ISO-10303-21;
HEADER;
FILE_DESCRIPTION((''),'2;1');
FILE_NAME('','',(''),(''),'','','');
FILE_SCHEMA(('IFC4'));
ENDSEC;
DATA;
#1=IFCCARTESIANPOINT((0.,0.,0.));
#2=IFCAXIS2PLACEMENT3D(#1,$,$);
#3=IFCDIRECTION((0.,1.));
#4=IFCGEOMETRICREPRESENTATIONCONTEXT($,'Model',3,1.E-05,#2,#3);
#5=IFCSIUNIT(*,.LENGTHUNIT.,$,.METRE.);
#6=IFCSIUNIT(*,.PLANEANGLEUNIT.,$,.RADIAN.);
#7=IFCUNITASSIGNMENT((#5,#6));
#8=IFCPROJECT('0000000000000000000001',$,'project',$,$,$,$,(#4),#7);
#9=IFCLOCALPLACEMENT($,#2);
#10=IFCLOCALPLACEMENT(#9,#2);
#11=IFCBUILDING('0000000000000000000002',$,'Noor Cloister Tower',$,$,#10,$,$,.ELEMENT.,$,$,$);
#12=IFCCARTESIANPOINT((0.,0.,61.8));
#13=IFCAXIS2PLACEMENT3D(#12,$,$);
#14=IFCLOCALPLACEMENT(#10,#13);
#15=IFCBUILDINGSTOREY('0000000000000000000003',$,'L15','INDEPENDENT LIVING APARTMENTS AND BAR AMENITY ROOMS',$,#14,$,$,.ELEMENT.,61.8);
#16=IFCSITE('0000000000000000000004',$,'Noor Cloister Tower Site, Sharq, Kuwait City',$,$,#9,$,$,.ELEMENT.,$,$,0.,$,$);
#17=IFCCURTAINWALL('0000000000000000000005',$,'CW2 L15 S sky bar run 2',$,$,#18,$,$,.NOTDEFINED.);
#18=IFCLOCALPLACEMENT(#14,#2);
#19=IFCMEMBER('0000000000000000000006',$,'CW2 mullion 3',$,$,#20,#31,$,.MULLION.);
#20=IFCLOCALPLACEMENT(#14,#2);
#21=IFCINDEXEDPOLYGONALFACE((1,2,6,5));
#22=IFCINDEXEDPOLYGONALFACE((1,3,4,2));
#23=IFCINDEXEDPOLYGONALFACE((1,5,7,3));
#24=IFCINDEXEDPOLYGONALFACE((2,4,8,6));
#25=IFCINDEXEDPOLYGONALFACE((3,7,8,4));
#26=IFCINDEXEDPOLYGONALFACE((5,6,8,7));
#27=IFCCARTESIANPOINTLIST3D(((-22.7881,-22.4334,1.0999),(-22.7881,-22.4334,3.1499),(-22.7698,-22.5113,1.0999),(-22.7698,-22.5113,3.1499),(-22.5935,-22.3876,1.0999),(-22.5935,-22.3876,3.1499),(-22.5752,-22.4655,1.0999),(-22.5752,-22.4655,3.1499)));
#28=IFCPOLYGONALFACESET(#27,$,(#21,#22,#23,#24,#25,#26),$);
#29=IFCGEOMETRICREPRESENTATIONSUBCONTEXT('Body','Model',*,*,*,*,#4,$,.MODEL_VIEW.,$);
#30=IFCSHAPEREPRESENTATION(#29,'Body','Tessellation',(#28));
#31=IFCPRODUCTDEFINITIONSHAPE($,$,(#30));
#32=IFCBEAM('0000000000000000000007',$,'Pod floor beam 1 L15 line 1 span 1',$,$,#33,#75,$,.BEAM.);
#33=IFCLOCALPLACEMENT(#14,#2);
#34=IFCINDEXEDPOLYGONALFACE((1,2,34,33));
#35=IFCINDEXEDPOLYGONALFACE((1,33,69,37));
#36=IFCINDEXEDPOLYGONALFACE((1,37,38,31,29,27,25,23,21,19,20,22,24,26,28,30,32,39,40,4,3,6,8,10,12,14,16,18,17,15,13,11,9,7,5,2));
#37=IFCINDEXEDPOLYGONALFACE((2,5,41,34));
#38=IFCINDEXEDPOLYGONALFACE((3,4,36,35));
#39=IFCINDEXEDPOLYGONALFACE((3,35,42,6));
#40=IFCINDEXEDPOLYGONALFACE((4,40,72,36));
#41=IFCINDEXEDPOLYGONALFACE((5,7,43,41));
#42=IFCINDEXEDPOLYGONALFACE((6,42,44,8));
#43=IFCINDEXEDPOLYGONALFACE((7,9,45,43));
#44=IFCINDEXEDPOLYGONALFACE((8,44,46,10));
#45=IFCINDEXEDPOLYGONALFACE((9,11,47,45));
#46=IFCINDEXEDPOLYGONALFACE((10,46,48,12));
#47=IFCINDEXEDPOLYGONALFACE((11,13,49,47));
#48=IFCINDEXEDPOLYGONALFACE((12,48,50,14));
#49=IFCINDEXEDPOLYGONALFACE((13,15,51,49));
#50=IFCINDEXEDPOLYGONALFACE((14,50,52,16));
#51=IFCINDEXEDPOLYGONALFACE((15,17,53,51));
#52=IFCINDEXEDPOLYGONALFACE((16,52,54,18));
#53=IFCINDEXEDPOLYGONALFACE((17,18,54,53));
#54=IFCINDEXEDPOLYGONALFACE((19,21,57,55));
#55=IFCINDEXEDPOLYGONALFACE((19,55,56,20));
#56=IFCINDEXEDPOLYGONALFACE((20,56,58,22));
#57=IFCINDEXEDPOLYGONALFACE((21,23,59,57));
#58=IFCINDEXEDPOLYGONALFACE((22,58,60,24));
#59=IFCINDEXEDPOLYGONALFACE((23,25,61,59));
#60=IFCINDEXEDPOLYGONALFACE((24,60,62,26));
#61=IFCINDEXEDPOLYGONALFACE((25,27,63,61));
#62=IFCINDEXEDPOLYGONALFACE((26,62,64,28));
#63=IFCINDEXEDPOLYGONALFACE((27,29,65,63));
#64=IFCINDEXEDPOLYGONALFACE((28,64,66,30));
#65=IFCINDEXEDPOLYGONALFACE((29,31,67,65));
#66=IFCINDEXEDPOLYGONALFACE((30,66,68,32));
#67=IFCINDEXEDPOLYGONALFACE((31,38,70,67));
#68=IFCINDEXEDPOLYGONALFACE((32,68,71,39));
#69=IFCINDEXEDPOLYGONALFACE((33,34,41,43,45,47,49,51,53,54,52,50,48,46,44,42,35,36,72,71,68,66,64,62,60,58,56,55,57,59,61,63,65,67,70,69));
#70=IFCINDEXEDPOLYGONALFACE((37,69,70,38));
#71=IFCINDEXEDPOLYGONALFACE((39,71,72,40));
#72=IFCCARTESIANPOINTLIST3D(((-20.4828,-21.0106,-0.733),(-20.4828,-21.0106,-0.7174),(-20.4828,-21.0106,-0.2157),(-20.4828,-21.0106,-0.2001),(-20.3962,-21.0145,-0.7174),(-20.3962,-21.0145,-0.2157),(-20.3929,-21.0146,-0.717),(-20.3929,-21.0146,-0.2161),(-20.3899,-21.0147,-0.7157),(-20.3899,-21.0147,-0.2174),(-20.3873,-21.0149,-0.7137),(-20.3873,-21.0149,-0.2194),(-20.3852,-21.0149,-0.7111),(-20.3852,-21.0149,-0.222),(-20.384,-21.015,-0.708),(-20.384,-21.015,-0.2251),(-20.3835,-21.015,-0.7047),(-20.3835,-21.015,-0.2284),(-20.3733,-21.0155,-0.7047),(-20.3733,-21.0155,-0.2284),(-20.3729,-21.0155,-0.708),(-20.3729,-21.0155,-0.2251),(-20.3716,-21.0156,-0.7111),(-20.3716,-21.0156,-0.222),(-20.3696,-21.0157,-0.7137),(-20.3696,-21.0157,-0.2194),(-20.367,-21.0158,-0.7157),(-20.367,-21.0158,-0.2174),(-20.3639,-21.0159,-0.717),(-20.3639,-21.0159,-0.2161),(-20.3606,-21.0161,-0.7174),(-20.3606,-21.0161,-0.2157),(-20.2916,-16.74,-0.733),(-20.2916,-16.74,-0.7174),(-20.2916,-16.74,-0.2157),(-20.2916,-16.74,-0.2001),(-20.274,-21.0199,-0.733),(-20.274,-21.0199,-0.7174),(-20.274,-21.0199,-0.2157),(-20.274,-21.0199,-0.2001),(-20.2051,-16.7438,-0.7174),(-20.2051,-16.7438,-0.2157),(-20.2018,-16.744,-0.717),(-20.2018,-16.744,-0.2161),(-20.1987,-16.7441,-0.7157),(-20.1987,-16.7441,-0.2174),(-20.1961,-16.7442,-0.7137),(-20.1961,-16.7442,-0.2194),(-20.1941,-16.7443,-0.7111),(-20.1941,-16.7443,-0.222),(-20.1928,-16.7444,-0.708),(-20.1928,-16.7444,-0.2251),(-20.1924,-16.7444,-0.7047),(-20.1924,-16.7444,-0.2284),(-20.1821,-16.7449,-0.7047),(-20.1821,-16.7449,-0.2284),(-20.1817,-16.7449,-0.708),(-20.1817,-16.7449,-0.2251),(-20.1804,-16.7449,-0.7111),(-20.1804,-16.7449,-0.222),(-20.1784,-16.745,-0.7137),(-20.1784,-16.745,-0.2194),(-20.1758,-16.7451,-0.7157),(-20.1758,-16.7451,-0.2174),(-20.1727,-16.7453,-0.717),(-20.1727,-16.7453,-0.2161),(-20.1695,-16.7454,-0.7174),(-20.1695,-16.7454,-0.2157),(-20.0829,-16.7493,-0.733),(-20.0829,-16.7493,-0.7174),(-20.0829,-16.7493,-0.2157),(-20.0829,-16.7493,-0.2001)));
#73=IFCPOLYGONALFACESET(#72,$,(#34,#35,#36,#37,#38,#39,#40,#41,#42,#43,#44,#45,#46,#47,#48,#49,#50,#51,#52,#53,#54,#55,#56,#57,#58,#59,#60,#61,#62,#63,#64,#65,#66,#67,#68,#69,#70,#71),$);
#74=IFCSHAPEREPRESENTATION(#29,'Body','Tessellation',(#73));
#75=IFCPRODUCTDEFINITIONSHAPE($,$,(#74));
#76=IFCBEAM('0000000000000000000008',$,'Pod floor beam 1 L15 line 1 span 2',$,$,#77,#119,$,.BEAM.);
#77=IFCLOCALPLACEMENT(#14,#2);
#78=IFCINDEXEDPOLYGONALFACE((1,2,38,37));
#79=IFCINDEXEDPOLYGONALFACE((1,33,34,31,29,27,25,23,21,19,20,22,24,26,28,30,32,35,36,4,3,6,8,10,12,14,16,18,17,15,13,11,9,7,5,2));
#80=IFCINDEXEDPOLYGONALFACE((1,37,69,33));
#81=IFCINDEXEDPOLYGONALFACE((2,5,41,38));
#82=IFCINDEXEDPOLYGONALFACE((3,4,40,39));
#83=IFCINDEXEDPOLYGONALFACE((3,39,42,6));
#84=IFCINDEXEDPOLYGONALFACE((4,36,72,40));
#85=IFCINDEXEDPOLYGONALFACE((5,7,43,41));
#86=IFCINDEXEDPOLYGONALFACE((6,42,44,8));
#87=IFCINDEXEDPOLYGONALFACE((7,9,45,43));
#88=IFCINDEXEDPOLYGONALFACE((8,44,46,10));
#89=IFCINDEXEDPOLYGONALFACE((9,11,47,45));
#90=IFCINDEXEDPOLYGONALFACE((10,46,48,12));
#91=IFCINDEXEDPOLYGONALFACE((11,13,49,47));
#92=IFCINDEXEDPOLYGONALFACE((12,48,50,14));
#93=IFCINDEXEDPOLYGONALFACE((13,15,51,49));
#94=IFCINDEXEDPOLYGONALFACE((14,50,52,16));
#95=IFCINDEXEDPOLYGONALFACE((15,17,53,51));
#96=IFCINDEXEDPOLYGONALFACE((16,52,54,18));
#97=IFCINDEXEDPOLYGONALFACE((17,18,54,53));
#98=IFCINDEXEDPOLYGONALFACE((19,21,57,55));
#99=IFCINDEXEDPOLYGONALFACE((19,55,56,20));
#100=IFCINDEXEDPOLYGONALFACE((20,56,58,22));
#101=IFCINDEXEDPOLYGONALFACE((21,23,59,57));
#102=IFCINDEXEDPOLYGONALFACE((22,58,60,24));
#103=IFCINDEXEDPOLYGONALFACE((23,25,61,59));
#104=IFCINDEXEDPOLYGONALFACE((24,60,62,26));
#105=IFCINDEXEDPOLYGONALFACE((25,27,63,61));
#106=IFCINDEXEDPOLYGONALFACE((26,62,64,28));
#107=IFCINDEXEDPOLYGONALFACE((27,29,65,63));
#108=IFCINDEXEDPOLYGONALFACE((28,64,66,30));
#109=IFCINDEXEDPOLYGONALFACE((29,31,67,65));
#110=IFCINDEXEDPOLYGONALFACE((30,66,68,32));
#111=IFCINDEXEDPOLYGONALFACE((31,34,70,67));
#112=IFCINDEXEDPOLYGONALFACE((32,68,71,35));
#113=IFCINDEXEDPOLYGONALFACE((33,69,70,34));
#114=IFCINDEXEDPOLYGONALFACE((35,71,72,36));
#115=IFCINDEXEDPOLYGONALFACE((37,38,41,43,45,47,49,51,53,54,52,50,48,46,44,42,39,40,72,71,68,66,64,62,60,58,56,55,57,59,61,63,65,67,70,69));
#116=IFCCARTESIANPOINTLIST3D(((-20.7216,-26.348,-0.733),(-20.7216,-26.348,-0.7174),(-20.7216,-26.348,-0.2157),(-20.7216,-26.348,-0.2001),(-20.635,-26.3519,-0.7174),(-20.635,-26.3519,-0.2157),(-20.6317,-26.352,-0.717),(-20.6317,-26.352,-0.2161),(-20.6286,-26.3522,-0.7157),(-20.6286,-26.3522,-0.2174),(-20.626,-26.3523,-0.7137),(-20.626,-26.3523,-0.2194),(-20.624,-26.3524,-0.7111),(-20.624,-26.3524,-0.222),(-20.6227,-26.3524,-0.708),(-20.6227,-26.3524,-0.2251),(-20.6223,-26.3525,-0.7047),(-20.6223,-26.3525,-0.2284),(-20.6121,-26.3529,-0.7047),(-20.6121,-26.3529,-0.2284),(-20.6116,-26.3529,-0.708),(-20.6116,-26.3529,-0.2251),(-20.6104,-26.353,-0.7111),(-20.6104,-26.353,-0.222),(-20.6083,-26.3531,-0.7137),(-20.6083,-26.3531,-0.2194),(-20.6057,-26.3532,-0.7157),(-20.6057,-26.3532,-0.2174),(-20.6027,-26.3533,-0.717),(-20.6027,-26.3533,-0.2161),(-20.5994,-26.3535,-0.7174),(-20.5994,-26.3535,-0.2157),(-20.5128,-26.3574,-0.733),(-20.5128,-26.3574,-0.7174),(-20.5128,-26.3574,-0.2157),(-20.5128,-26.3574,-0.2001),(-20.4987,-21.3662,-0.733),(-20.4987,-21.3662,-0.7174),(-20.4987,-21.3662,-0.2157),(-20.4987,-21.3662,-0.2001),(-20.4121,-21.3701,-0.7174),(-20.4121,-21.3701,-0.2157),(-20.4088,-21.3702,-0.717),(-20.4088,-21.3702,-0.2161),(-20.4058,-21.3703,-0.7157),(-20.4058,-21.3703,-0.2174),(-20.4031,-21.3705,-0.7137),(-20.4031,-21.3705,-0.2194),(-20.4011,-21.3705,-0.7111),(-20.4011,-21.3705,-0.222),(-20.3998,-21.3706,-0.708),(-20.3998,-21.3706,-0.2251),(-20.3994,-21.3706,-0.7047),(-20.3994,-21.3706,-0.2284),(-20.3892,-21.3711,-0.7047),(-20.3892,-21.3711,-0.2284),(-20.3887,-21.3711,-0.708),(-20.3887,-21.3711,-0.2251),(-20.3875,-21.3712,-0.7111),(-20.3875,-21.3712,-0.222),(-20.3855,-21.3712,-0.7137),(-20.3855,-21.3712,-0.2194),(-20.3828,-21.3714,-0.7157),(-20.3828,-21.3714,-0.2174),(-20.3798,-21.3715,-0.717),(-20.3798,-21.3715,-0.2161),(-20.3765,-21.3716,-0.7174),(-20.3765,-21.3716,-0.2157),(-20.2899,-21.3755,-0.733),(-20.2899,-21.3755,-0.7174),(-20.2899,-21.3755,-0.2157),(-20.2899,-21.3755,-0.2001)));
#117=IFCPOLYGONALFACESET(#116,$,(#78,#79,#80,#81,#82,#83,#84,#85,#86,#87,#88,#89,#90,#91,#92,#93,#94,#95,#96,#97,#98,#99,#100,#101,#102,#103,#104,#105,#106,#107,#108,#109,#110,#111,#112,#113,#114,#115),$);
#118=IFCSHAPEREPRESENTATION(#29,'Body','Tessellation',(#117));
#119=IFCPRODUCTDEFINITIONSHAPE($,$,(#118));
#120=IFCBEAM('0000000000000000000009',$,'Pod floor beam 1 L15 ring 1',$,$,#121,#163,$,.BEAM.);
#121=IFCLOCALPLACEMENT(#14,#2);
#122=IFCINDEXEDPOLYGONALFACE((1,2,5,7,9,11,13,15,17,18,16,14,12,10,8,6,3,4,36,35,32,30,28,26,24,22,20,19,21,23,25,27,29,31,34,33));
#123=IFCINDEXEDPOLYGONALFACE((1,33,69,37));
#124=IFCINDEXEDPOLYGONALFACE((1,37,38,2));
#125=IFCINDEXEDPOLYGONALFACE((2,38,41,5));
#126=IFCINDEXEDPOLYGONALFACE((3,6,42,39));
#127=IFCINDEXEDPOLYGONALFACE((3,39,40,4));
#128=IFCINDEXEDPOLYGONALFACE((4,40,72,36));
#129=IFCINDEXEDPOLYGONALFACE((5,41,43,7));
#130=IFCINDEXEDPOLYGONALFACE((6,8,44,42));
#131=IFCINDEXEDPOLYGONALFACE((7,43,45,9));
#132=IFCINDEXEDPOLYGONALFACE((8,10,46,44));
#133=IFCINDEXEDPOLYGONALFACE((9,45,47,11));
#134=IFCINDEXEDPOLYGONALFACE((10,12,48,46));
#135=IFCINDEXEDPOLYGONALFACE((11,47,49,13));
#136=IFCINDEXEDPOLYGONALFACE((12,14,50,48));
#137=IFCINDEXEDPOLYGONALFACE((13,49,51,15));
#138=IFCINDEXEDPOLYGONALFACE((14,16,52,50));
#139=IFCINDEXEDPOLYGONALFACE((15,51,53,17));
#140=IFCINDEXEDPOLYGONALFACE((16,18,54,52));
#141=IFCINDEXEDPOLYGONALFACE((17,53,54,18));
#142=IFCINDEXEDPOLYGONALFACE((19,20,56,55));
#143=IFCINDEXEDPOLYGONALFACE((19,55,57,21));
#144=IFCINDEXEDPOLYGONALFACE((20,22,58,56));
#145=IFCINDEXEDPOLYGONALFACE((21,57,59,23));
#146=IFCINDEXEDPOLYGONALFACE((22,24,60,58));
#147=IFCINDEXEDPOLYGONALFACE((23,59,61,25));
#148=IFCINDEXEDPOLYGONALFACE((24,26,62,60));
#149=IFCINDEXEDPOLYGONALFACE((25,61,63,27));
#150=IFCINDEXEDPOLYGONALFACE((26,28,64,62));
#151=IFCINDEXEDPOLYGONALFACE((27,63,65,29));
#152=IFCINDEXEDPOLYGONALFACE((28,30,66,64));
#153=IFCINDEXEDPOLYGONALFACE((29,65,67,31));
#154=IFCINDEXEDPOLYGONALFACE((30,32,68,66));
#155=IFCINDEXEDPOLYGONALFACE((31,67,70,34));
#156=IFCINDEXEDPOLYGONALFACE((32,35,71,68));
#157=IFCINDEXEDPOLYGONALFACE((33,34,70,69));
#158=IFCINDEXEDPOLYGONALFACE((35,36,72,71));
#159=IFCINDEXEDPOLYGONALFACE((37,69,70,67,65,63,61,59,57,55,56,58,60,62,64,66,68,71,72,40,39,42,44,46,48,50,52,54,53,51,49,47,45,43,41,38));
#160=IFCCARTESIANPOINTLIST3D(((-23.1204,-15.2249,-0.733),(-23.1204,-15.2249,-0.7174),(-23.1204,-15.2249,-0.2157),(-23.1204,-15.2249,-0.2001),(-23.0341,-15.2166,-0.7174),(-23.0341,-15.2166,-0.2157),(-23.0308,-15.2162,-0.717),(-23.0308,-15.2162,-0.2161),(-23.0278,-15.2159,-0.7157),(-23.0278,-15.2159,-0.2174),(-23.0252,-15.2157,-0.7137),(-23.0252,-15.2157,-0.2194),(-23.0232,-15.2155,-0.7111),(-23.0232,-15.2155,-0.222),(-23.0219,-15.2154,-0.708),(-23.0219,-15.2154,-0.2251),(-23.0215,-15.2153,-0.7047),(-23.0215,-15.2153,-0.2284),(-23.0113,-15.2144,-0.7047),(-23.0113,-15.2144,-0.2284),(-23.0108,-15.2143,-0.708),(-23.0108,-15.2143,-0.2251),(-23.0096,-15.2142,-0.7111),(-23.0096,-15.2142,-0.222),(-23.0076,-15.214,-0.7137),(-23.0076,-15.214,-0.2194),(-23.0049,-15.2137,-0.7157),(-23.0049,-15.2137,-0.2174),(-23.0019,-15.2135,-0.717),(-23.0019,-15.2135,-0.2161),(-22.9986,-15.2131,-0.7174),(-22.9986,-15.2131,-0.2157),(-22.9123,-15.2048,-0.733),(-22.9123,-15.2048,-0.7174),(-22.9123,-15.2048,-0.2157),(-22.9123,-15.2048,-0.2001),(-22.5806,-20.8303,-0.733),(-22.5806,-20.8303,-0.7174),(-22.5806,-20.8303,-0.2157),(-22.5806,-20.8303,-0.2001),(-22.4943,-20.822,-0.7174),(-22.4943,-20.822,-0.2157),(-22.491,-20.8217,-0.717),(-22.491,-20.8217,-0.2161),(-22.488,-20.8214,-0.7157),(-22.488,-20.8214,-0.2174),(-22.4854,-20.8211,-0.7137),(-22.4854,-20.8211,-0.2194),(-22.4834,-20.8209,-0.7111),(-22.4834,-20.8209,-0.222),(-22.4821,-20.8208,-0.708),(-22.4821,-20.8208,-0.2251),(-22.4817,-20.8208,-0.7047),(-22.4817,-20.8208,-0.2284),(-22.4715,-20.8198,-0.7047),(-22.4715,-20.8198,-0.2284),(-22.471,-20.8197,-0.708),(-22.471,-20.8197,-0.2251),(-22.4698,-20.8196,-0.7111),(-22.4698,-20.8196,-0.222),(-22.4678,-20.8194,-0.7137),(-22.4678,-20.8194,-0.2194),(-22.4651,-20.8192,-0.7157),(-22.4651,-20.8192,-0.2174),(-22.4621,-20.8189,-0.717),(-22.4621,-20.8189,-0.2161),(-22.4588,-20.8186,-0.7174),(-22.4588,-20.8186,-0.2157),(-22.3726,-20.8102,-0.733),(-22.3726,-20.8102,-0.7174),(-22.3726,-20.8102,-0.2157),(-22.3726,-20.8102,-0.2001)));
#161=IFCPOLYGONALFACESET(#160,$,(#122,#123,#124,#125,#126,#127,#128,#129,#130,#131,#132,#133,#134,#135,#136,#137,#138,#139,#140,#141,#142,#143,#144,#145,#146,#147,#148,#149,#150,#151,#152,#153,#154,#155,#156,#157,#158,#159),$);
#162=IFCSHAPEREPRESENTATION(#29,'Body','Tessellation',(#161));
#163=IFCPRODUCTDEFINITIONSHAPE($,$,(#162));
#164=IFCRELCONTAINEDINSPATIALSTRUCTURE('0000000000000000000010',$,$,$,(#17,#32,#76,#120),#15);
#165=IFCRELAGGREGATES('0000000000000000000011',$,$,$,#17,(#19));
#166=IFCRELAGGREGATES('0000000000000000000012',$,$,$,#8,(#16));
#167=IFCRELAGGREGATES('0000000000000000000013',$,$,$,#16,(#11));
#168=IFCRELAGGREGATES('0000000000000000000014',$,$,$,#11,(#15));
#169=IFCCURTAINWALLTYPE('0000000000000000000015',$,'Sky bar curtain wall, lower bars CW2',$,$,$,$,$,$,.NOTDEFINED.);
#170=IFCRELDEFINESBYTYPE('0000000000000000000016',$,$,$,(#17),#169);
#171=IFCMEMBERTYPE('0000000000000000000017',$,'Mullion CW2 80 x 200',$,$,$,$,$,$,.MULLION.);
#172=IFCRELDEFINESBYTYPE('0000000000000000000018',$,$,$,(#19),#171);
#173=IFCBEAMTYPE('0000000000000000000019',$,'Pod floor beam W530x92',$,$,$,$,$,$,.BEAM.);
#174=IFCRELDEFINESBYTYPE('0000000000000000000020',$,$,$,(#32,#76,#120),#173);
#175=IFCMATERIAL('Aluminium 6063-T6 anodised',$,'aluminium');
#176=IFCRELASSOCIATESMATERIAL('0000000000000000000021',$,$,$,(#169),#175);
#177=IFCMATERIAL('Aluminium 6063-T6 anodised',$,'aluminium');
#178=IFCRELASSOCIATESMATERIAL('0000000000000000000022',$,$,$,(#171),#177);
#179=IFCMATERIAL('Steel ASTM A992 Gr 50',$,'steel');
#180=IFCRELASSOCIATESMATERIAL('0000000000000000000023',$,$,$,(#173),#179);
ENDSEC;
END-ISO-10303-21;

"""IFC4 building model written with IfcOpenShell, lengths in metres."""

from ifc_helpers import new_model, si_unit, direction, frame, origin, origin_2d, place, context, subcontext, project, spatial, rectangle, i_section, extrude, material, material_profile, profile_set, type_object, element, aggregate, save


model = new_model("IFC4")

# Units and contexts
model_context = context("Model", 3, precision=1e-05, world=origin(), true_north=direction((0.0, 1.0)))
body_context = subcontext(model_context, "Body", "Model", "MODEL_VIEW")
ifc_project = project(units=[si_unit("LENGTHUNIT", "METRE"), si_unit("PLANEANGLEUNIT", "RADIAN")], contexts=[model_context])

# Site, building, storey
site_placement = place(None, origin())
site = spatial("IfcSite", under=ifc_project, at=site_placement, Name="Noor Cloister Tower Site, Sharq, Kuwait City", CompositionType="ELEMENT", RefElevation=0.0)
building_placement = place(site_placement, origin())
building = spatial("IfcBuilding", under=site, at=building_placement, Name="Noor Cloister Tower", CompositionType="ELEMENT")
storey_placement = place(building_placement, frame((0.0, 0.0, 61.8)))
storey = spatial("IfcBuildingStorey", under=building, at=storey_placement, Name="L15", Description="INDEPENDENT LIVING APARTMENTS AND BAR AMENITY ROOMS", CompositionType="ELEMENT", Elevation=61.8)

# Curtain wall, member
ifc_material_1 = material(Name="Aluminium 6063-T6 anodised", Category="aluminium")
curtain_wall_type_1 = type_object("IfcCurtainWallType", Name="Sky bar curtain wall, lower bars CW2", PredefinedType="NOTDEFINED", material=ifc_material_1)
curtain_wall_1_placement = place(storey_placement, origin())
curtain_wall_1 = element("IfcCurtainWall", 1, at=curtain_wall_1_placement, inside=storey, type_object=curtain_wall_type_1, Name="CW2 L15 S sky bar run 2", PredefinedType="NOTDEFINED")
ifc_material_2 = material(Name="Aluminium 6063-T6 anodised", Category="aluminium")
ifc_material_profile_1 = material_profile(ifc_material_2, rectangle(XDim=0.2, YDim=0.0801, at=origin_2d()), Name="200 x 80 mullion")
ifc_profile_set_1 = profile_set([ifc_material_profile_1], Name="Aluminium 6063-T6 anodised")
member_type_1 = type_object("IfcMemberType", Name="Mullion CW2 80 x 200", PredefinedType="MULLION", material=ifc_profile_set_1)
member_1_placement = place(storey_placement, frame((-22.6816, -22.4495, 1.0999), z_axis=(0.0, 0.0, 1.0), x_axis=(0.973437, 0.228957, 0.0)))
member_1 = element("IfcMember", 2, at=member_1_placement, type_object=member_type_1, Name="CW2 mullion 3", PredefinedType="MULLION", context=body_context, shape_type="SweptSolid", body=[
    extrude(rectangle(XDim=0.2, YDim=0.0801, at=origin_2d()), origin(), (0.0, 0.0, 1.0), 2.05),
])

# Beams
ifc_material_3 = material(Name="Steel ASTM A992 Gr 50", Category="steel")
ifc_material_profile_2 = material_profile(ifc_material_3, i_section(OverallWidth=0.209, OverallDepth=0.533, WebThickness=0.0103, FlangeThickness=0.0156, FilletRadius=0.0127, at=origin_2d()), Name="W530x92")
ifc_profile_set_2 = profile_set([ifc_material_profile_2], Name="Steel ASTM A992 Gr 50")
beam_type_1 = type_object("IfcBeamType", Name="Pod floor beam W530x92", PredefinedType="BEAM", material=ifc_profile_set_2)
beam_1_placement = place(storey_placement, frame((-20.1873, -16.7446, -0.4666), z_axis=(-0.044719, -0.999, 0.0), x_axis=(0.999, -0.044719, 0.0)))
element("IfcBeam", 3, at=beam_1_placement, inside=storey, type_object=beam_type_1, Name="Pod floor beam 1 L15 line 1 span 1", PredefinedType="BEAM", context=body_context, shape_type="SweptSolid", body=[
    extrude(i_section(OverallWidth=0.209, OverallDepth=0.533, WebThickness=0.0103, FlangeThickness=0.0156, FilletRadius=0.0127, at=origin_2d()), origin(), (0.0, 0.0, 1.0), 4.2749),
])
beam_2_placement = place(storey_placement, frame((-20.3943, -21.3708, -0.4666), z_axis=(-0.044697, -0.999001, 0.0), x_axis=(0.999001, -0.044697, 0.0)))
element("IfcBeam", 4, at=beam_2_placement, inside=storey, type_object=beam_type_1, Name="Pod floor beam 1 L15 line 1 span 2", PredefinedType="BEAM", context=body_context, shape_type="SweptSolid", body=[
    extrude(i_section(OverallWidth=0.209, OverallDepth=0.533, WebThickness=0.0103, FlangeThickness=0.0156, FilletRadius=0.0127, at=origin_2d()), origin(), (0.0, 0.0, 1.0), 4.9868),
])
beam_3_placement = place(storey_placement, frame((-23.0164, -15.2148, -0.4666), z_axis=(0.095854, -0.995395, 0.0), x_axis=(0.995395, 0.095854, 0.0)))
element("IfcBeam", 5, at=beam_3_placement, inside=storey, type_object=beam_type_1, Name="Pod floor beam 1 L15 ring 1", PredefinedType="BEAM", context=body_context, shape_type="SweptSolid", body=[
    extrude(i_section(OverallWidth=0.209, OverallDepth=0.533, WebThickness=0.0103, FlangeThickness=0.0156, FilletRadius=0.0127, at=origin_2d()), origin(), (0.0, 0.0, 1.0), 5.6313),
])

aggregate(curtain_wall_1, [member_1])

save(model, "model.ifc")
